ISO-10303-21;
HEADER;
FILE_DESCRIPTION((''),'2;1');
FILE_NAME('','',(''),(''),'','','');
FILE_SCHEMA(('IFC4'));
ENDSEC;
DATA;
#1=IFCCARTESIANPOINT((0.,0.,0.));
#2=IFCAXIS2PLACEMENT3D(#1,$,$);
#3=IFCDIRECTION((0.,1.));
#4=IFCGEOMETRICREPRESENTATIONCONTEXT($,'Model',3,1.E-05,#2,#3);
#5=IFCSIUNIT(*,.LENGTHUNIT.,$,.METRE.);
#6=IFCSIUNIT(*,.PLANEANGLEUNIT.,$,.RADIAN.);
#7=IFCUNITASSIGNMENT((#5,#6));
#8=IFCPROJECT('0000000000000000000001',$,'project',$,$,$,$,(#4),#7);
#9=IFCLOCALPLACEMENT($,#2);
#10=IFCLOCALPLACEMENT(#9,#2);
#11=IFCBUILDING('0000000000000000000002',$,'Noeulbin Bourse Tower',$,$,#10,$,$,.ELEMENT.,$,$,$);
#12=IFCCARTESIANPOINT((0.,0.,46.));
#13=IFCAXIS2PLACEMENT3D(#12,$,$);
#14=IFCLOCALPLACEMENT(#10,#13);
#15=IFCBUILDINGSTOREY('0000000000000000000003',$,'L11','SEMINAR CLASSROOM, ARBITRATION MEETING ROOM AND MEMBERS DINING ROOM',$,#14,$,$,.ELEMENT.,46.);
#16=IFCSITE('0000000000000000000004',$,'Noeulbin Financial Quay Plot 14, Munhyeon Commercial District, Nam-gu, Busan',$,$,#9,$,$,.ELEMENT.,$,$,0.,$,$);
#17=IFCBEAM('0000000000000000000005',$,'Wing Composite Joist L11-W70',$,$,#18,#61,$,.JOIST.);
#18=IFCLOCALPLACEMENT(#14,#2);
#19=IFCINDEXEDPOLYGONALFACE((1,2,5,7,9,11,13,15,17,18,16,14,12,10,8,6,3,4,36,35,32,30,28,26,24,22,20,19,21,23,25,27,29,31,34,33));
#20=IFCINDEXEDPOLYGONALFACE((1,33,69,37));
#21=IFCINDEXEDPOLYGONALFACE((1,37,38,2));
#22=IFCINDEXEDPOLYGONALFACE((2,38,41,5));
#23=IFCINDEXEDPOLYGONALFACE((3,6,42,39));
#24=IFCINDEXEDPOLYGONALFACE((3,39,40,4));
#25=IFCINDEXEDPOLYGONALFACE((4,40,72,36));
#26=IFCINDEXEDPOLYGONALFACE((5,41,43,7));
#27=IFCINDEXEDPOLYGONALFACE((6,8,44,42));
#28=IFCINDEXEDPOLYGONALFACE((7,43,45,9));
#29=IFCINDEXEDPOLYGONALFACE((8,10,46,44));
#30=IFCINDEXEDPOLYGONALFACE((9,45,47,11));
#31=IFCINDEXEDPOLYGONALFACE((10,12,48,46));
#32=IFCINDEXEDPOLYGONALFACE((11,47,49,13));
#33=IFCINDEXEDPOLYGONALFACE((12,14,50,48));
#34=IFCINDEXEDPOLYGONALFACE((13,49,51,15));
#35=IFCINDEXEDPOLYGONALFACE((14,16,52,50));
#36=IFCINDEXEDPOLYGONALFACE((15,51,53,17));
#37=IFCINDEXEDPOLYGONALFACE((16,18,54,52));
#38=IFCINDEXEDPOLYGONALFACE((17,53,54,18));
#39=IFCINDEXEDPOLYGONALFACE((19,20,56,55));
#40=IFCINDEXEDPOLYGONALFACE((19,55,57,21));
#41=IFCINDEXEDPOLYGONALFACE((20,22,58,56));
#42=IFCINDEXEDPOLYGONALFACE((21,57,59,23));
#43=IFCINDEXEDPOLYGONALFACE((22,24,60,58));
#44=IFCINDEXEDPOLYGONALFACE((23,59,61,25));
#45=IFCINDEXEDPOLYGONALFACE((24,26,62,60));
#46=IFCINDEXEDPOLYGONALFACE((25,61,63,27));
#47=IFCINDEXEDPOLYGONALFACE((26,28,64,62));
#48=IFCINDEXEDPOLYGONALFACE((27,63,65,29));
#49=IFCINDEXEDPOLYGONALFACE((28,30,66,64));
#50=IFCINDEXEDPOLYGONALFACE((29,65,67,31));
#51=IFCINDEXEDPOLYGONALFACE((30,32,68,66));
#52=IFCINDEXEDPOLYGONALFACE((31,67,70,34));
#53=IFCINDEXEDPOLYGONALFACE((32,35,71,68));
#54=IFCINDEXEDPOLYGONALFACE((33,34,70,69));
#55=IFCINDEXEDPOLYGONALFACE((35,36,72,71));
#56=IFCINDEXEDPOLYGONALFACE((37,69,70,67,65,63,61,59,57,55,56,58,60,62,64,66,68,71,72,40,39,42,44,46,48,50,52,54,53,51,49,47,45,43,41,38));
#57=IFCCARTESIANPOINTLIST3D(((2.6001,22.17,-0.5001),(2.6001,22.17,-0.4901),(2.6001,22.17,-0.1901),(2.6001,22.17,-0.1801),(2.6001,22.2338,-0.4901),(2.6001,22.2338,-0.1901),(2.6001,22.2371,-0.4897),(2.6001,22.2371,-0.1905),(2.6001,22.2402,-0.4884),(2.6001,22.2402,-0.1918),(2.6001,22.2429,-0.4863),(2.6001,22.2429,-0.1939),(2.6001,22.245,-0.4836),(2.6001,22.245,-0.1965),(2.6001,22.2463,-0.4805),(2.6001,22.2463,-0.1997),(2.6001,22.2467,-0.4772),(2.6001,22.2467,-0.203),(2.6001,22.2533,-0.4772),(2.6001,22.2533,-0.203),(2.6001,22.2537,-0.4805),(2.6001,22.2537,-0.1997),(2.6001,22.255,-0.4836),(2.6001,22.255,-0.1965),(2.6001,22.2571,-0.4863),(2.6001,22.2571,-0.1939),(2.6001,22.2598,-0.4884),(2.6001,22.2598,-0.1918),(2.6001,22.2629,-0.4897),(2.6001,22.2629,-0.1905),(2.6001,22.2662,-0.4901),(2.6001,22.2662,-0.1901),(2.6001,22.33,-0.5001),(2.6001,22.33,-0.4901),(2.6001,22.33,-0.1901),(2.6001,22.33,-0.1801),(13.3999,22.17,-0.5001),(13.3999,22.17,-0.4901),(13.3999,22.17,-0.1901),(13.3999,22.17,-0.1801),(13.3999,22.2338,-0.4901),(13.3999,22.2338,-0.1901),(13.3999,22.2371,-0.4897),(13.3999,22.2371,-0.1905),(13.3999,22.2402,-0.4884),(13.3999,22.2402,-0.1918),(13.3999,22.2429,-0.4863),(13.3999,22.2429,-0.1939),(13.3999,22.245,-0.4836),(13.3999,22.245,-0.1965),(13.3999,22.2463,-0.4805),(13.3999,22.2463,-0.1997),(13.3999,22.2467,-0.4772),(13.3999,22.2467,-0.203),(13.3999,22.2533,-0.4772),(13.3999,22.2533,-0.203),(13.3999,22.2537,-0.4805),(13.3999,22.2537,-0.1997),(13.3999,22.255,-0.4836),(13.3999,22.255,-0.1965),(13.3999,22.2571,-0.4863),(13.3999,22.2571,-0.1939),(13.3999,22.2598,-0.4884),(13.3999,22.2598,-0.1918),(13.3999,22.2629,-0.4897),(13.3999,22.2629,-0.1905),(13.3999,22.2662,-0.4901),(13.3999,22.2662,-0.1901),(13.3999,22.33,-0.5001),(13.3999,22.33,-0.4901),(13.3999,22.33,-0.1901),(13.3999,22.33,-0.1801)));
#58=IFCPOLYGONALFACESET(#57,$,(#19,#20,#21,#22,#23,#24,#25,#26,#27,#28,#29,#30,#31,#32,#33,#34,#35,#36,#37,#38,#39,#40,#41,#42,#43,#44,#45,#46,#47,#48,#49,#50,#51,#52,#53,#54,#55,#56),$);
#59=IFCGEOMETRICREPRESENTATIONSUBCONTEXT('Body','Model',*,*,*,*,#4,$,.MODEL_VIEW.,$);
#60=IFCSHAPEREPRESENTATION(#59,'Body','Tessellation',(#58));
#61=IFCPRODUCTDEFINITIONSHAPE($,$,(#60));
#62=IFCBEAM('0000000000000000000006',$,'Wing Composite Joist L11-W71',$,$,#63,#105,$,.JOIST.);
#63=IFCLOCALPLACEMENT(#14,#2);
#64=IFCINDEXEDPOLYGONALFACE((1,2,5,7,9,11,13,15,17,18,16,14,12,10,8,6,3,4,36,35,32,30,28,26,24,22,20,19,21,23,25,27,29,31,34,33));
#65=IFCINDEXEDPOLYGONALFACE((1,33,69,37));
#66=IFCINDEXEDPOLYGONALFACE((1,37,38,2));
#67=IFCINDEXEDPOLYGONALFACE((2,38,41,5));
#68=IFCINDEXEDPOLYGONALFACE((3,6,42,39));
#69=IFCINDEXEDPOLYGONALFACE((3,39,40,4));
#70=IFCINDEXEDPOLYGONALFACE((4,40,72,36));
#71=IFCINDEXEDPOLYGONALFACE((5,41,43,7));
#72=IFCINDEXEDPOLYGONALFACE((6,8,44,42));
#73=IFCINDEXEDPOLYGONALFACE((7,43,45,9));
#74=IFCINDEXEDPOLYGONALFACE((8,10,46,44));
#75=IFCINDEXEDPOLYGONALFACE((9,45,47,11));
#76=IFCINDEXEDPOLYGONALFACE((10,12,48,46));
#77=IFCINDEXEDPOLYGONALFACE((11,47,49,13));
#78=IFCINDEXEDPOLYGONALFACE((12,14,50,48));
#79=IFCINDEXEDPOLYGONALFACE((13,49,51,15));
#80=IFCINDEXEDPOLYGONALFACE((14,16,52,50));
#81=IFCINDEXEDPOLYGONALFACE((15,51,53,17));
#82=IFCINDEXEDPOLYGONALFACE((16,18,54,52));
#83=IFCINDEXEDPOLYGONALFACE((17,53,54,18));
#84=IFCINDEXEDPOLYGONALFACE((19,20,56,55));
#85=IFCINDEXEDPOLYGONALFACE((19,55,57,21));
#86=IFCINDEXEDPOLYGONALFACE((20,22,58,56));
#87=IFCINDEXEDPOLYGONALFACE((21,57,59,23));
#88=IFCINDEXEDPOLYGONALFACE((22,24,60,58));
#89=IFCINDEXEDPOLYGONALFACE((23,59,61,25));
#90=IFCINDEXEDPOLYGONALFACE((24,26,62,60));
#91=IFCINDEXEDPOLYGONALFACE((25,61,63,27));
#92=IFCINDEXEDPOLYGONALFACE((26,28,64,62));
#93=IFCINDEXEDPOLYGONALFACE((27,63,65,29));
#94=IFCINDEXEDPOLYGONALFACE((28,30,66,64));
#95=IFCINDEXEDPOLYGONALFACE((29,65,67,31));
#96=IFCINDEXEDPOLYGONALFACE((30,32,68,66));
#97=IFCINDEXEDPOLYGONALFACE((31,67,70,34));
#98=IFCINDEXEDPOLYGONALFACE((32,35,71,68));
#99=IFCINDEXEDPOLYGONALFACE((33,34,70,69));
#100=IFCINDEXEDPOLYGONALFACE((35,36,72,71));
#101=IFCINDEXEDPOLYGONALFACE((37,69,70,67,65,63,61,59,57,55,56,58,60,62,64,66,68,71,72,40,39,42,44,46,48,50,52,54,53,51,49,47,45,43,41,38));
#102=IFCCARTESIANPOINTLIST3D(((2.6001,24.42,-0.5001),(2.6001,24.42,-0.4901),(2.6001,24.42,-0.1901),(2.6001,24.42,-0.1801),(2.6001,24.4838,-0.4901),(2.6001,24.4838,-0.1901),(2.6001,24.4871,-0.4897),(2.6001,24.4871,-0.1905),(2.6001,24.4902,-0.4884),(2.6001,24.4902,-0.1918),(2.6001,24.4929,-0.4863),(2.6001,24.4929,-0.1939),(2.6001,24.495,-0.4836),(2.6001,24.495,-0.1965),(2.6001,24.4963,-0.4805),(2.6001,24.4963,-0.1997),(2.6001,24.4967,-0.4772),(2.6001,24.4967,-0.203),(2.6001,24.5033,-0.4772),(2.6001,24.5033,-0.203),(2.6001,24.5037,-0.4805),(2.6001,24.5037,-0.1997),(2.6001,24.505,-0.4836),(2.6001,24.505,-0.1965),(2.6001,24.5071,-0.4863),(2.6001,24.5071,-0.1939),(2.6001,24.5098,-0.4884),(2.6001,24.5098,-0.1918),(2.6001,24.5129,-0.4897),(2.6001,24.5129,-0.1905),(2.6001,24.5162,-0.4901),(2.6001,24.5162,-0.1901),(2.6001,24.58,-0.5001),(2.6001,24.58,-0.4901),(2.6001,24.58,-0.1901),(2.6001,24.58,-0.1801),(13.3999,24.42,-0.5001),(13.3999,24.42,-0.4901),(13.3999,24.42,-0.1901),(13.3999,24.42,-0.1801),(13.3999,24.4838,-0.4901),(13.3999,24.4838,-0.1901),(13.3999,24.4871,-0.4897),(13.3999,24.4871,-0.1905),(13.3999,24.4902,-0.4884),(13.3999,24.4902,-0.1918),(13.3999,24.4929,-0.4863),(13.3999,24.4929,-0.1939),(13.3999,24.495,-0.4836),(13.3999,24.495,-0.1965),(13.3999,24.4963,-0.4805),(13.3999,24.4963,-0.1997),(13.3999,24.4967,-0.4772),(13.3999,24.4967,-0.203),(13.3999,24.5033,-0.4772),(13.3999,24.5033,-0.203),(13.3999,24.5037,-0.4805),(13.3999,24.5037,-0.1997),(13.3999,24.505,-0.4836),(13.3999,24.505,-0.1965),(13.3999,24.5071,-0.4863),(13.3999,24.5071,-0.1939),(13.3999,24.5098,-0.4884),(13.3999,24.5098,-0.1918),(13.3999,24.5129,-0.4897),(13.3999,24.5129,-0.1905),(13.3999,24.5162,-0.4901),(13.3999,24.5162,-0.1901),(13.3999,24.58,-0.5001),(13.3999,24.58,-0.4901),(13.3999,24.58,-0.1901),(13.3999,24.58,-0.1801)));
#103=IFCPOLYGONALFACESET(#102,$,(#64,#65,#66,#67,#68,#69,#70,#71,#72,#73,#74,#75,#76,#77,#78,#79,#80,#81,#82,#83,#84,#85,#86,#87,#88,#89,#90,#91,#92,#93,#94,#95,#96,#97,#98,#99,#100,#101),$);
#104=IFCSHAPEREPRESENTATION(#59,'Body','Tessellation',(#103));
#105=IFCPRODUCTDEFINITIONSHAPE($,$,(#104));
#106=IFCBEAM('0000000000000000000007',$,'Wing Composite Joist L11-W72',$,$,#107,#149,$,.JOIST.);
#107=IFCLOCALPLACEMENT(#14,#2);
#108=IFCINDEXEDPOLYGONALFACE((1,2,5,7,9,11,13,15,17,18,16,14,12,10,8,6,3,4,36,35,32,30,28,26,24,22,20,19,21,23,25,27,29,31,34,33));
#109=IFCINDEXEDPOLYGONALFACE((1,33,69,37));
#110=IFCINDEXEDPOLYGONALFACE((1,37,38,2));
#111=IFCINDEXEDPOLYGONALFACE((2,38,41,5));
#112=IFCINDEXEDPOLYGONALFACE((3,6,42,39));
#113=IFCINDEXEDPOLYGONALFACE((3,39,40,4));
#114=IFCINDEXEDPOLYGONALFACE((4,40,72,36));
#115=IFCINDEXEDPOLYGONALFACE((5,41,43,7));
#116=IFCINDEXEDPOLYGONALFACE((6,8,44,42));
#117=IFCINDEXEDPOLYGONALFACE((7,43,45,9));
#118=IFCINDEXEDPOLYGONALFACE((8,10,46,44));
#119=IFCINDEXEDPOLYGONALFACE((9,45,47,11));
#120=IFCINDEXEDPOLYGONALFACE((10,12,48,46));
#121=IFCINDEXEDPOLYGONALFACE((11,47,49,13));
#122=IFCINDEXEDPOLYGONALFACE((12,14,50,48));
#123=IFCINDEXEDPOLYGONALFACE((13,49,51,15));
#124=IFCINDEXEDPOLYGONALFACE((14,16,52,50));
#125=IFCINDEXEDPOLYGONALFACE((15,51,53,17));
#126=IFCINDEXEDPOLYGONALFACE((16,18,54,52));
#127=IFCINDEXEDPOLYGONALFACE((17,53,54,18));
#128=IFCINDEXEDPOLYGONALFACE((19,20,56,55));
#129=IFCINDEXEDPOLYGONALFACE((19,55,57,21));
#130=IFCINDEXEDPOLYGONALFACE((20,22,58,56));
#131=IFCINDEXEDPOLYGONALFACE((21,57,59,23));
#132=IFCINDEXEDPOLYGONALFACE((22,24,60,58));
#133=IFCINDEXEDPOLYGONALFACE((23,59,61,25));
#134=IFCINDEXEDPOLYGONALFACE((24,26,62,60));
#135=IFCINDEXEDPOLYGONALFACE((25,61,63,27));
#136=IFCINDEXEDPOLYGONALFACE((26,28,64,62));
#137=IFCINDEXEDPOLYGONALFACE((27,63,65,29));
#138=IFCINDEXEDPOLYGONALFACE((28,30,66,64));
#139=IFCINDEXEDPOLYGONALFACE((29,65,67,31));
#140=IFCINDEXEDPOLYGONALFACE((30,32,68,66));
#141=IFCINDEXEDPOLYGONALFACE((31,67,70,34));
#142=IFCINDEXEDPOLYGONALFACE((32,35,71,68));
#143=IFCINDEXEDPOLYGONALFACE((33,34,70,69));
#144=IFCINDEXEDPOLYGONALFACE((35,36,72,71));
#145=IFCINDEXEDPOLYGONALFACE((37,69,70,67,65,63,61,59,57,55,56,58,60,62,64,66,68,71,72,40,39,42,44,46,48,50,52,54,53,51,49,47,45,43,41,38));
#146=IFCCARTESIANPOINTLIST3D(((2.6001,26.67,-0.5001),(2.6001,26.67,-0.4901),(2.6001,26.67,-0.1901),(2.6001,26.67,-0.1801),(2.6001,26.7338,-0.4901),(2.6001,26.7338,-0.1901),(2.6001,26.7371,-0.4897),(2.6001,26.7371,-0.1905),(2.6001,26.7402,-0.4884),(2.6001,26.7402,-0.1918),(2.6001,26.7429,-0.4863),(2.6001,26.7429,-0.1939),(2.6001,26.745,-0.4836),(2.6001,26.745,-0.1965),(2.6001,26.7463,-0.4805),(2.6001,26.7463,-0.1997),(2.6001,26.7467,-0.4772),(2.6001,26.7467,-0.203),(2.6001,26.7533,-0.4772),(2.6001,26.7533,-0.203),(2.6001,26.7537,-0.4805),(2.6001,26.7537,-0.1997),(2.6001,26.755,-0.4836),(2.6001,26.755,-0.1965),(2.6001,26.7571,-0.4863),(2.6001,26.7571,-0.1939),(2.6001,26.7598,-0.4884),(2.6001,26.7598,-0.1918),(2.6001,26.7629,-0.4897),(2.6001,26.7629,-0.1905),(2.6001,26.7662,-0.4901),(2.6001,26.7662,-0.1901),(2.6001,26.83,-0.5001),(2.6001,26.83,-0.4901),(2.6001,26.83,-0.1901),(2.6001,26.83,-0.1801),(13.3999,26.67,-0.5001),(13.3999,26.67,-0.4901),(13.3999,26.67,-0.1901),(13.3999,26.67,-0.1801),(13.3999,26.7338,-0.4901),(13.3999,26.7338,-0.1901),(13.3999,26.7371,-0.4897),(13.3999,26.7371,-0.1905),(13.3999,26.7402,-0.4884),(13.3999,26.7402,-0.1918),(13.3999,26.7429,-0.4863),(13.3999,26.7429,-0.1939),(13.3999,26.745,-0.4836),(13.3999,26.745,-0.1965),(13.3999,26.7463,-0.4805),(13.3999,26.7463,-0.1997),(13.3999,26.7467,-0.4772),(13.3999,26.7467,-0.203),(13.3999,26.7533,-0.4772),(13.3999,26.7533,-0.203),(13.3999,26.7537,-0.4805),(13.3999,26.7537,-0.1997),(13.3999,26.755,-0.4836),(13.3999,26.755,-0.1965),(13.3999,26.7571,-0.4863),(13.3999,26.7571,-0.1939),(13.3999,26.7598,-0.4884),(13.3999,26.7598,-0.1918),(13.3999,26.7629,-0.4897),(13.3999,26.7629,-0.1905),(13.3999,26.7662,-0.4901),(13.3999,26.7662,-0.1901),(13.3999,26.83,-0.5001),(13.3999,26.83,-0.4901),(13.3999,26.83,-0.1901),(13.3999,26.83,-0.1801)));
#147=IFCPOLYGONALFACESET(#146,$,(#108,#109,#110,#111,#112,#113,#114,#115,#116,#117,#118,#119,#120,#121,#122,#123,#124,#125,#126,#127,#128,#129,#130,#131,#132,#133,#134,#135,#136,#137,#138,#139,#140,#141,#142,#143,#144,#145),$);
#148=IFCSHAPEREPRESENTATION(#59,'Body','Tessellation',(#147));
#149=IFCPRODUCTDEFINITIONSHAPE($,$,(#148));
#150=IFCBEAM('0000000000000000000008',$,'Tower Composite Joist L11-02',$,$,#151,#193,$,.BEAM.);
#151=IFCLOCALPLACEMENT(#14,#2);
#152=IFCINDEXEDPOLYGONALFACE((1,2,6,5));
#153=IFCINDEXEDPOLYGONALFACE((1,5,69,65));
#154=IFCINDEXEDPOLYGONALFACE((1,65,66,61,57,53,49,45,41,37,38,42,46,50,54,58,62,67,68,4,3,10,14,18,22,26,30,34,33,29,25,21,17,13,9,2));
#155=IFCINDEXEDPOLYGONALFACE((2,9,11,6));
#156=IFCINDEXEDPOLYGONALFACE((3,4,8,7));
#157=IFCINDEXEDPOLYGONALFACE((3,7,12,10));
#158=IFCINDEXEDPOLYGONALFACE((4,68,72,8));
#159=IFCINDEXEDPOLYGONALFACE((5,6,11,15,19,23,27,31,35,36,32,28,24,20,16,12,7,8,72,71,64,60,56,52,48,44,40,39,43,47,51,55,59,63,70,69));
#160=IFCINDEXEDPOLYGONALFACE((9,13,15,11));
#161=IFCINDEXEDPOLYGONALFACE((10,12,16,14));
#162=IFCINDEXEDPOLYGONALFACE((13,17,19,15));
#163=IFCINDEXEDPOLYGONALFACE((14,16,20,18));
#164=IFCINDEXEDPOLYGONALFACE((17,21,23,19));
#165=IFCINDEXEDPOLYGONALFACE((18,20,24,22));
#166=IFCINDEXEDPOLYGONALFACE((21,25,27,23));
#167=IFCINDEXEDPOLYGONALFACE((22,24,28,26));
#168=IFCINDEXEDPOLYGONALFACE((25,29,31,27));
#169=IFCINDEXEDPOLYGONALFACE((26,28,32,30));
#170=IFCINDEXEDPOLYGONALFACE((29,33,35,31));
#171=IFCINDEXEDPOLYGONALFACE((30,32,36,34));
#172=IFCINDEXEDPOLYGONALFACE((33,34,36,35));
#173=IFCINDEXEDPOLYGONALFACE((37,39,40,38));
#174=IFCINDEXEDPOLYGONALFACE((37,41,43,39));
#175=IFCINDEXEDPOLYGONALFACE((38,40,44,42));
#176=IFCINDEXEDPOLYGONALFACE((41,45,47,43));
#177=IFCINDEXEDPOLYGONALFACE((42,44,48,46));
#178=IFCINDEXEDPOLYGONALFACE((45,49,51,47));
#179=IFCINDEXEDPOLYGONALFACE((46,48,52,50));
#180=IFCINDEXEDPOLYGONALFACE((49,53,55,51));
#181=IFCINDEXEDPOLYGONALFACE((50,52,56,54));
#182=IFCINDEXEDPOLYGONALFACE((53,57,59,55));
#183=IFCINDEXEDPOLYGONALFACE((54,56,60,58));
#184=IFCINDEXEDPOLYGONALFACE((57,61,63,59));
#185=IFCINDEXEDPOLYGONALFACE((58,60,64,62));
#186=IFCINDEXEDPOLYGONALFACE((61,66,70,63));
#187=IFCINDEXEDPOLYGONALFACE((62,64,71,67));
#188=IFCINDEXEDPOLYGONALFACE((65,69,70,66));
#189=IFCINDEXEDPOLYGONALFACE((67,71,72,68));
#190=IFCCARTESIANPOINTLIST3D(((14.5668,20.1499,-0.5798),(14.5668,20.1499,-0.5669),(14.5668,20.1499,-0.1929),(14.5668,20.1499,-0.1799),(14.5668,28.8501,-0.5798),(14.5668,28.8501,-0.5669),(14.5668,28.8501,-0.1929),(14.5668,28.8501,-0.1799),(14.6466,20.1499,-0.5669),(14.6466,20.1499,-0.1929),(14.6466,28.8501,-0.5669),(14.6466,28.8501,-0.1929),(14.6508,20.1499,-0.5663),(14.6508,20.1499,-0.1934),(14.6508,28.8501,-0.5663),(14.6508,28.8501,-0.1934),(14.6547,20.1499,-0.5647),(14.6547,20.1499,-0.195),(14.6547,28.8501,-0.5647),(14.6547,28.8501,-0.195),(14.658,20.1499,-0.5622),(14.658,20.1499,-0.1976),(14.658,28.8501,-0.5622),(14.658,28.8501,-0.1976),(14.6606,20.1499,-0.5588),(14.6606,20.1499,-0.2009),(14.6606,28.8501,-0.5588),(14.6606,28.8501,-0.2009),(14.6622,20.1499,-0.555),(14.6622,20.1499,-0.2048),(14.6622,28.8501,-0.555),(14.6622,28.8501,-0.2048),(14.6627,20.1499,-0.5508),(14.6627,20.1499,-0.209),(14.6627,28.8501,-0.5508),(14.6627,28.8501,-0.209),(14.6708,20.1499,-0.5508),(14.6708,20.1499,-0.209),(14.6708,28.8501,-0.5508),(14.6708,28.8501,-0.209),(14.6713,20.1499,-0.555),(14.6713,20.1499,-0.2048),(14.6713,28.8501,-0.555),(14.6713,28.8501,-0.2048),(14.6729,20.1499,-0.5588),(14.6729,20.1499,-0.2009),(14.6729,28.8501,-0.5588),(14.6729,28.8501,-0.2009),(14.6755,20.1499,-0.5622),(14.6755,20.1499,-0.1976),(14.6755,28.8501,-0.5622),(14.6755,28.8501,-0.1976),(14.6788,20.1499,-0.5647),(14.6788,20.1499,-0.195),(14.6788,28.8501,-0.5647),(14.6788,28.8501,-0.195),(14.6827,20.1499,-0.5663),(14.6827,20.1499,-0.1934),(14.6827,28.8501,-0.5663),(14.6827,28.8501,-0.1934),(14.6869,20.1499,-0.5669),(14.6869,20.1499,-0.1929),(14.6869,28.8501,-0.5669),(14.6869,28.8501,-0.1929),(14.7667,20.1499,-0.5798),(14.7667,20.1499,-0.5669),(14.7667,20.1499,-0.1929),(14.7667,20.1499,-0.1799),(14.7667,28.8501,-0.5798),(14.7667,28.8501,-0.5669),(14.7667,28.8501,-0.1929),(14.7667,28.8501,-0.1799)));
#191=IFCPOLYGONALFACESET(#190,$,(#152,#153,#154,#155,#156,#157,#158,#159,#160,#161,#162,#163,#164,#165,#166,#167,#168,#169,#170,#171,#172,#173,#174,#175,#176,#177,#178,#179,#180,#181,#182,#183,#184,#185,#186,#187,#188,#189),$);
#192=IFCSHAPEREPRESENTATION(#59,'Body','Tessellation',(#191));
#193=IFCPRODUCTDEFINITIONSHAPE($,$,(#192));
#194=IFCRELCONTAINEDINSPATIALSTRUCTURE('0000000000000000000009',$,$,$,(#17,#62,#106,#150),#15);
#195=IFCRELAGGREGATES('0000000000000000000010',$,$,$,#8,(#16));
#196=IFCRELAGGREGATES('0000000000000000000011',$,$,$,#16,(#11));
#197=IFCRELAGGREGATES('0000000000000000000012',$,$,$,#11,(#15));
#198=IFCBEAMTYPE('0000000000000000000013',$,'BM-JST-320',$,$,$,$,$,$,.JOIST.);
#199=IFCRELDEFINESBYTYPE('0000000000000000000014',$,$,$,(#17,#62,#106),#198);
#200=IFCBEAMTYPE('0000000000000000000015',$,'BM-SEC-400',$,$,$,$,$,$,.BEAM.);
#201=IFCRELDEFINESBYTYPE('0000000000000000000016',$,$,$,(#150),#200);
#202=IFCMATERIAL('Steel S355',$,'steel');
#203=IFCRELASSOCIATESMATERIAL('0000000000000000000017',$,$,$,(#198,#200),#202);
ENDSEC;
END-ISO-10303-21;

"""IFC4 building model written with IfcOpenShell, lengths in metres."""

from ifc_helpers import new_model, si_unit, direction, frame, origin, origin_2d, place, context, subcontext, project, spatial, i_section, extrude, material, material_profile, profile_set, type_object, element, save


model = new_model("IFC4")

# Units and contexts
model_context = context("Model", 3, precision=1e-05, world=origin(), true_north=direction((0.0, 1.0)))
body_context = subcontext(model_context, "Body", "Model", "MODEL_VIEW")
ifc_project = project(units=[si_unit("LENGTHUNIT", "METRE"), si_unit("PLANEANGLEUNIT", "RADIAN")], contexts=[model_context])

# Site, building, storey
site_placement = place(None, origin())
site = spatial("IfcSite", under=ifc_project, at=site_placement, Name="Noeulbin Financial Quay Plot 14, Munhyeon Commercial District, Nam-gu, Busan", CompositionType="ELEMENT", RefElevation=0.0)
building_placement = place(site_placement, origin())
building = spatial("IfcBuilding", under=site, at=building_placement, Name="Noeulbin Bourse Tower", CompositionType="ELEMENT")
storey_placement = place(building_placement, frame((0.0, 0.0, 46.0)))
storey = spatial("IfcBuildingStorey", under=building, at=storey_placement, Name="L11", Description="SEMINAR CLASSROOM, ARBITRATION MEETING ROOM AND MEMBERS DINING ROOM", CompositionType="ELEMENT", Elevation=46.0)

# Beams
ifc_material_1 = material(Name="Steel S355", Category="steel")
ifc_material_profile_1 = material_profile(ifc_material_1, i_section(OverallWidth=0.1599, OverallDepth=0.3201, WebThickness=0.0066, FlangeThickness=0.01, FilletRadius=0.0129, at=origin_2d()), Name="H-320x160x6.5x10", Category="LoadBearing")
ifc_profile_set_1 = profile_set([ifc_material_profile_1], Name="Steel S355")
beam_type_1 = type_object("IfcBeamType", Name="BM-JST-320", PredefinedType="JOIST", material=ifc_profile_set_1)
for number, where, z_axis, x_axis, name in (
    (1, (2.6001, 22.25, -0.3401), (1.0, 0.0, 0.0), (0.0, 1.0, 0.0), "Wing Composite Joist L11-W70"),
    (2, (2.6001, 24.5, -0.3401), (1.0, 0.0, 0.0), (0.0, 1.0, 0.0), "Wing Composite Joist L11-W71"),
    (3, (2.6001, 26.75, -0.3401), (1.0, 0.0, 0.0), (0.0, 1.0, 0.0), "Wing Composite Joist L11-W72"),
):
    element("IfcBeam", number, at=place(storey_placement, frame(where, z_axis=z_axis, x_axis=x_axis)), inside=storey, type_object=beam_type_1, Name=name, PredefinedType="JOIST", context=body_context, shape_type="SweptSolid", body=[
        extrude(i_section(OverallWidth=0.1599, OverallDepth=0.3201, WebThickness=0.0066, FlangeThickness=0.01, FilletRadius=0.0129, at=origin_2d()), origin(), (0.0, 0.0, 1.0), 10.7998),
    ])
ifc_material_profile_2 = material_profile(ifc_material_1, i_section(OverallWidth=0.2, OverallDepth=0.3999, WebThickness=0.0081, FlangeThickness=0.0129, FilletRadius=0.0161, at=origin_2d()), Name="H-400x200x8x13", Category="LoadBearing")
ifc_profile_set_2 = profile_set([ifc_material_profile_2], Name="Steel S355")
beam_type_2 = type_object("IfcBeamType", Name="BM-SEC-400", PredefinedType="BEAM", material=ifc_profile_set_2)
beam_1_placement = place(storey_placement, frame((14.6667, 20.1499, -0.3799), z_axis=(0.0, 1.0, 0.0), x_axis=(-1.0, 0.0, 0.0)))
element("IfcBeam", 4, at=beam_1_placement, inside=storey, type_object=beam_type_2, Name="Tower Composite Joist L11-02", PredefinedType="BEAM", context=body_context, shape_type="SweptSolid", body=[
    extrude(i_section(OverallWidth=0.2, OverallDepth=0.3999, WebThickness=0.0081, FlangeThickness=0.0129, FilletRadius=0.0161, at=origin_2d()), origin(), (0.0, 0.0, 1.0), 8.7002),
])

save(model, "model.ifc")
